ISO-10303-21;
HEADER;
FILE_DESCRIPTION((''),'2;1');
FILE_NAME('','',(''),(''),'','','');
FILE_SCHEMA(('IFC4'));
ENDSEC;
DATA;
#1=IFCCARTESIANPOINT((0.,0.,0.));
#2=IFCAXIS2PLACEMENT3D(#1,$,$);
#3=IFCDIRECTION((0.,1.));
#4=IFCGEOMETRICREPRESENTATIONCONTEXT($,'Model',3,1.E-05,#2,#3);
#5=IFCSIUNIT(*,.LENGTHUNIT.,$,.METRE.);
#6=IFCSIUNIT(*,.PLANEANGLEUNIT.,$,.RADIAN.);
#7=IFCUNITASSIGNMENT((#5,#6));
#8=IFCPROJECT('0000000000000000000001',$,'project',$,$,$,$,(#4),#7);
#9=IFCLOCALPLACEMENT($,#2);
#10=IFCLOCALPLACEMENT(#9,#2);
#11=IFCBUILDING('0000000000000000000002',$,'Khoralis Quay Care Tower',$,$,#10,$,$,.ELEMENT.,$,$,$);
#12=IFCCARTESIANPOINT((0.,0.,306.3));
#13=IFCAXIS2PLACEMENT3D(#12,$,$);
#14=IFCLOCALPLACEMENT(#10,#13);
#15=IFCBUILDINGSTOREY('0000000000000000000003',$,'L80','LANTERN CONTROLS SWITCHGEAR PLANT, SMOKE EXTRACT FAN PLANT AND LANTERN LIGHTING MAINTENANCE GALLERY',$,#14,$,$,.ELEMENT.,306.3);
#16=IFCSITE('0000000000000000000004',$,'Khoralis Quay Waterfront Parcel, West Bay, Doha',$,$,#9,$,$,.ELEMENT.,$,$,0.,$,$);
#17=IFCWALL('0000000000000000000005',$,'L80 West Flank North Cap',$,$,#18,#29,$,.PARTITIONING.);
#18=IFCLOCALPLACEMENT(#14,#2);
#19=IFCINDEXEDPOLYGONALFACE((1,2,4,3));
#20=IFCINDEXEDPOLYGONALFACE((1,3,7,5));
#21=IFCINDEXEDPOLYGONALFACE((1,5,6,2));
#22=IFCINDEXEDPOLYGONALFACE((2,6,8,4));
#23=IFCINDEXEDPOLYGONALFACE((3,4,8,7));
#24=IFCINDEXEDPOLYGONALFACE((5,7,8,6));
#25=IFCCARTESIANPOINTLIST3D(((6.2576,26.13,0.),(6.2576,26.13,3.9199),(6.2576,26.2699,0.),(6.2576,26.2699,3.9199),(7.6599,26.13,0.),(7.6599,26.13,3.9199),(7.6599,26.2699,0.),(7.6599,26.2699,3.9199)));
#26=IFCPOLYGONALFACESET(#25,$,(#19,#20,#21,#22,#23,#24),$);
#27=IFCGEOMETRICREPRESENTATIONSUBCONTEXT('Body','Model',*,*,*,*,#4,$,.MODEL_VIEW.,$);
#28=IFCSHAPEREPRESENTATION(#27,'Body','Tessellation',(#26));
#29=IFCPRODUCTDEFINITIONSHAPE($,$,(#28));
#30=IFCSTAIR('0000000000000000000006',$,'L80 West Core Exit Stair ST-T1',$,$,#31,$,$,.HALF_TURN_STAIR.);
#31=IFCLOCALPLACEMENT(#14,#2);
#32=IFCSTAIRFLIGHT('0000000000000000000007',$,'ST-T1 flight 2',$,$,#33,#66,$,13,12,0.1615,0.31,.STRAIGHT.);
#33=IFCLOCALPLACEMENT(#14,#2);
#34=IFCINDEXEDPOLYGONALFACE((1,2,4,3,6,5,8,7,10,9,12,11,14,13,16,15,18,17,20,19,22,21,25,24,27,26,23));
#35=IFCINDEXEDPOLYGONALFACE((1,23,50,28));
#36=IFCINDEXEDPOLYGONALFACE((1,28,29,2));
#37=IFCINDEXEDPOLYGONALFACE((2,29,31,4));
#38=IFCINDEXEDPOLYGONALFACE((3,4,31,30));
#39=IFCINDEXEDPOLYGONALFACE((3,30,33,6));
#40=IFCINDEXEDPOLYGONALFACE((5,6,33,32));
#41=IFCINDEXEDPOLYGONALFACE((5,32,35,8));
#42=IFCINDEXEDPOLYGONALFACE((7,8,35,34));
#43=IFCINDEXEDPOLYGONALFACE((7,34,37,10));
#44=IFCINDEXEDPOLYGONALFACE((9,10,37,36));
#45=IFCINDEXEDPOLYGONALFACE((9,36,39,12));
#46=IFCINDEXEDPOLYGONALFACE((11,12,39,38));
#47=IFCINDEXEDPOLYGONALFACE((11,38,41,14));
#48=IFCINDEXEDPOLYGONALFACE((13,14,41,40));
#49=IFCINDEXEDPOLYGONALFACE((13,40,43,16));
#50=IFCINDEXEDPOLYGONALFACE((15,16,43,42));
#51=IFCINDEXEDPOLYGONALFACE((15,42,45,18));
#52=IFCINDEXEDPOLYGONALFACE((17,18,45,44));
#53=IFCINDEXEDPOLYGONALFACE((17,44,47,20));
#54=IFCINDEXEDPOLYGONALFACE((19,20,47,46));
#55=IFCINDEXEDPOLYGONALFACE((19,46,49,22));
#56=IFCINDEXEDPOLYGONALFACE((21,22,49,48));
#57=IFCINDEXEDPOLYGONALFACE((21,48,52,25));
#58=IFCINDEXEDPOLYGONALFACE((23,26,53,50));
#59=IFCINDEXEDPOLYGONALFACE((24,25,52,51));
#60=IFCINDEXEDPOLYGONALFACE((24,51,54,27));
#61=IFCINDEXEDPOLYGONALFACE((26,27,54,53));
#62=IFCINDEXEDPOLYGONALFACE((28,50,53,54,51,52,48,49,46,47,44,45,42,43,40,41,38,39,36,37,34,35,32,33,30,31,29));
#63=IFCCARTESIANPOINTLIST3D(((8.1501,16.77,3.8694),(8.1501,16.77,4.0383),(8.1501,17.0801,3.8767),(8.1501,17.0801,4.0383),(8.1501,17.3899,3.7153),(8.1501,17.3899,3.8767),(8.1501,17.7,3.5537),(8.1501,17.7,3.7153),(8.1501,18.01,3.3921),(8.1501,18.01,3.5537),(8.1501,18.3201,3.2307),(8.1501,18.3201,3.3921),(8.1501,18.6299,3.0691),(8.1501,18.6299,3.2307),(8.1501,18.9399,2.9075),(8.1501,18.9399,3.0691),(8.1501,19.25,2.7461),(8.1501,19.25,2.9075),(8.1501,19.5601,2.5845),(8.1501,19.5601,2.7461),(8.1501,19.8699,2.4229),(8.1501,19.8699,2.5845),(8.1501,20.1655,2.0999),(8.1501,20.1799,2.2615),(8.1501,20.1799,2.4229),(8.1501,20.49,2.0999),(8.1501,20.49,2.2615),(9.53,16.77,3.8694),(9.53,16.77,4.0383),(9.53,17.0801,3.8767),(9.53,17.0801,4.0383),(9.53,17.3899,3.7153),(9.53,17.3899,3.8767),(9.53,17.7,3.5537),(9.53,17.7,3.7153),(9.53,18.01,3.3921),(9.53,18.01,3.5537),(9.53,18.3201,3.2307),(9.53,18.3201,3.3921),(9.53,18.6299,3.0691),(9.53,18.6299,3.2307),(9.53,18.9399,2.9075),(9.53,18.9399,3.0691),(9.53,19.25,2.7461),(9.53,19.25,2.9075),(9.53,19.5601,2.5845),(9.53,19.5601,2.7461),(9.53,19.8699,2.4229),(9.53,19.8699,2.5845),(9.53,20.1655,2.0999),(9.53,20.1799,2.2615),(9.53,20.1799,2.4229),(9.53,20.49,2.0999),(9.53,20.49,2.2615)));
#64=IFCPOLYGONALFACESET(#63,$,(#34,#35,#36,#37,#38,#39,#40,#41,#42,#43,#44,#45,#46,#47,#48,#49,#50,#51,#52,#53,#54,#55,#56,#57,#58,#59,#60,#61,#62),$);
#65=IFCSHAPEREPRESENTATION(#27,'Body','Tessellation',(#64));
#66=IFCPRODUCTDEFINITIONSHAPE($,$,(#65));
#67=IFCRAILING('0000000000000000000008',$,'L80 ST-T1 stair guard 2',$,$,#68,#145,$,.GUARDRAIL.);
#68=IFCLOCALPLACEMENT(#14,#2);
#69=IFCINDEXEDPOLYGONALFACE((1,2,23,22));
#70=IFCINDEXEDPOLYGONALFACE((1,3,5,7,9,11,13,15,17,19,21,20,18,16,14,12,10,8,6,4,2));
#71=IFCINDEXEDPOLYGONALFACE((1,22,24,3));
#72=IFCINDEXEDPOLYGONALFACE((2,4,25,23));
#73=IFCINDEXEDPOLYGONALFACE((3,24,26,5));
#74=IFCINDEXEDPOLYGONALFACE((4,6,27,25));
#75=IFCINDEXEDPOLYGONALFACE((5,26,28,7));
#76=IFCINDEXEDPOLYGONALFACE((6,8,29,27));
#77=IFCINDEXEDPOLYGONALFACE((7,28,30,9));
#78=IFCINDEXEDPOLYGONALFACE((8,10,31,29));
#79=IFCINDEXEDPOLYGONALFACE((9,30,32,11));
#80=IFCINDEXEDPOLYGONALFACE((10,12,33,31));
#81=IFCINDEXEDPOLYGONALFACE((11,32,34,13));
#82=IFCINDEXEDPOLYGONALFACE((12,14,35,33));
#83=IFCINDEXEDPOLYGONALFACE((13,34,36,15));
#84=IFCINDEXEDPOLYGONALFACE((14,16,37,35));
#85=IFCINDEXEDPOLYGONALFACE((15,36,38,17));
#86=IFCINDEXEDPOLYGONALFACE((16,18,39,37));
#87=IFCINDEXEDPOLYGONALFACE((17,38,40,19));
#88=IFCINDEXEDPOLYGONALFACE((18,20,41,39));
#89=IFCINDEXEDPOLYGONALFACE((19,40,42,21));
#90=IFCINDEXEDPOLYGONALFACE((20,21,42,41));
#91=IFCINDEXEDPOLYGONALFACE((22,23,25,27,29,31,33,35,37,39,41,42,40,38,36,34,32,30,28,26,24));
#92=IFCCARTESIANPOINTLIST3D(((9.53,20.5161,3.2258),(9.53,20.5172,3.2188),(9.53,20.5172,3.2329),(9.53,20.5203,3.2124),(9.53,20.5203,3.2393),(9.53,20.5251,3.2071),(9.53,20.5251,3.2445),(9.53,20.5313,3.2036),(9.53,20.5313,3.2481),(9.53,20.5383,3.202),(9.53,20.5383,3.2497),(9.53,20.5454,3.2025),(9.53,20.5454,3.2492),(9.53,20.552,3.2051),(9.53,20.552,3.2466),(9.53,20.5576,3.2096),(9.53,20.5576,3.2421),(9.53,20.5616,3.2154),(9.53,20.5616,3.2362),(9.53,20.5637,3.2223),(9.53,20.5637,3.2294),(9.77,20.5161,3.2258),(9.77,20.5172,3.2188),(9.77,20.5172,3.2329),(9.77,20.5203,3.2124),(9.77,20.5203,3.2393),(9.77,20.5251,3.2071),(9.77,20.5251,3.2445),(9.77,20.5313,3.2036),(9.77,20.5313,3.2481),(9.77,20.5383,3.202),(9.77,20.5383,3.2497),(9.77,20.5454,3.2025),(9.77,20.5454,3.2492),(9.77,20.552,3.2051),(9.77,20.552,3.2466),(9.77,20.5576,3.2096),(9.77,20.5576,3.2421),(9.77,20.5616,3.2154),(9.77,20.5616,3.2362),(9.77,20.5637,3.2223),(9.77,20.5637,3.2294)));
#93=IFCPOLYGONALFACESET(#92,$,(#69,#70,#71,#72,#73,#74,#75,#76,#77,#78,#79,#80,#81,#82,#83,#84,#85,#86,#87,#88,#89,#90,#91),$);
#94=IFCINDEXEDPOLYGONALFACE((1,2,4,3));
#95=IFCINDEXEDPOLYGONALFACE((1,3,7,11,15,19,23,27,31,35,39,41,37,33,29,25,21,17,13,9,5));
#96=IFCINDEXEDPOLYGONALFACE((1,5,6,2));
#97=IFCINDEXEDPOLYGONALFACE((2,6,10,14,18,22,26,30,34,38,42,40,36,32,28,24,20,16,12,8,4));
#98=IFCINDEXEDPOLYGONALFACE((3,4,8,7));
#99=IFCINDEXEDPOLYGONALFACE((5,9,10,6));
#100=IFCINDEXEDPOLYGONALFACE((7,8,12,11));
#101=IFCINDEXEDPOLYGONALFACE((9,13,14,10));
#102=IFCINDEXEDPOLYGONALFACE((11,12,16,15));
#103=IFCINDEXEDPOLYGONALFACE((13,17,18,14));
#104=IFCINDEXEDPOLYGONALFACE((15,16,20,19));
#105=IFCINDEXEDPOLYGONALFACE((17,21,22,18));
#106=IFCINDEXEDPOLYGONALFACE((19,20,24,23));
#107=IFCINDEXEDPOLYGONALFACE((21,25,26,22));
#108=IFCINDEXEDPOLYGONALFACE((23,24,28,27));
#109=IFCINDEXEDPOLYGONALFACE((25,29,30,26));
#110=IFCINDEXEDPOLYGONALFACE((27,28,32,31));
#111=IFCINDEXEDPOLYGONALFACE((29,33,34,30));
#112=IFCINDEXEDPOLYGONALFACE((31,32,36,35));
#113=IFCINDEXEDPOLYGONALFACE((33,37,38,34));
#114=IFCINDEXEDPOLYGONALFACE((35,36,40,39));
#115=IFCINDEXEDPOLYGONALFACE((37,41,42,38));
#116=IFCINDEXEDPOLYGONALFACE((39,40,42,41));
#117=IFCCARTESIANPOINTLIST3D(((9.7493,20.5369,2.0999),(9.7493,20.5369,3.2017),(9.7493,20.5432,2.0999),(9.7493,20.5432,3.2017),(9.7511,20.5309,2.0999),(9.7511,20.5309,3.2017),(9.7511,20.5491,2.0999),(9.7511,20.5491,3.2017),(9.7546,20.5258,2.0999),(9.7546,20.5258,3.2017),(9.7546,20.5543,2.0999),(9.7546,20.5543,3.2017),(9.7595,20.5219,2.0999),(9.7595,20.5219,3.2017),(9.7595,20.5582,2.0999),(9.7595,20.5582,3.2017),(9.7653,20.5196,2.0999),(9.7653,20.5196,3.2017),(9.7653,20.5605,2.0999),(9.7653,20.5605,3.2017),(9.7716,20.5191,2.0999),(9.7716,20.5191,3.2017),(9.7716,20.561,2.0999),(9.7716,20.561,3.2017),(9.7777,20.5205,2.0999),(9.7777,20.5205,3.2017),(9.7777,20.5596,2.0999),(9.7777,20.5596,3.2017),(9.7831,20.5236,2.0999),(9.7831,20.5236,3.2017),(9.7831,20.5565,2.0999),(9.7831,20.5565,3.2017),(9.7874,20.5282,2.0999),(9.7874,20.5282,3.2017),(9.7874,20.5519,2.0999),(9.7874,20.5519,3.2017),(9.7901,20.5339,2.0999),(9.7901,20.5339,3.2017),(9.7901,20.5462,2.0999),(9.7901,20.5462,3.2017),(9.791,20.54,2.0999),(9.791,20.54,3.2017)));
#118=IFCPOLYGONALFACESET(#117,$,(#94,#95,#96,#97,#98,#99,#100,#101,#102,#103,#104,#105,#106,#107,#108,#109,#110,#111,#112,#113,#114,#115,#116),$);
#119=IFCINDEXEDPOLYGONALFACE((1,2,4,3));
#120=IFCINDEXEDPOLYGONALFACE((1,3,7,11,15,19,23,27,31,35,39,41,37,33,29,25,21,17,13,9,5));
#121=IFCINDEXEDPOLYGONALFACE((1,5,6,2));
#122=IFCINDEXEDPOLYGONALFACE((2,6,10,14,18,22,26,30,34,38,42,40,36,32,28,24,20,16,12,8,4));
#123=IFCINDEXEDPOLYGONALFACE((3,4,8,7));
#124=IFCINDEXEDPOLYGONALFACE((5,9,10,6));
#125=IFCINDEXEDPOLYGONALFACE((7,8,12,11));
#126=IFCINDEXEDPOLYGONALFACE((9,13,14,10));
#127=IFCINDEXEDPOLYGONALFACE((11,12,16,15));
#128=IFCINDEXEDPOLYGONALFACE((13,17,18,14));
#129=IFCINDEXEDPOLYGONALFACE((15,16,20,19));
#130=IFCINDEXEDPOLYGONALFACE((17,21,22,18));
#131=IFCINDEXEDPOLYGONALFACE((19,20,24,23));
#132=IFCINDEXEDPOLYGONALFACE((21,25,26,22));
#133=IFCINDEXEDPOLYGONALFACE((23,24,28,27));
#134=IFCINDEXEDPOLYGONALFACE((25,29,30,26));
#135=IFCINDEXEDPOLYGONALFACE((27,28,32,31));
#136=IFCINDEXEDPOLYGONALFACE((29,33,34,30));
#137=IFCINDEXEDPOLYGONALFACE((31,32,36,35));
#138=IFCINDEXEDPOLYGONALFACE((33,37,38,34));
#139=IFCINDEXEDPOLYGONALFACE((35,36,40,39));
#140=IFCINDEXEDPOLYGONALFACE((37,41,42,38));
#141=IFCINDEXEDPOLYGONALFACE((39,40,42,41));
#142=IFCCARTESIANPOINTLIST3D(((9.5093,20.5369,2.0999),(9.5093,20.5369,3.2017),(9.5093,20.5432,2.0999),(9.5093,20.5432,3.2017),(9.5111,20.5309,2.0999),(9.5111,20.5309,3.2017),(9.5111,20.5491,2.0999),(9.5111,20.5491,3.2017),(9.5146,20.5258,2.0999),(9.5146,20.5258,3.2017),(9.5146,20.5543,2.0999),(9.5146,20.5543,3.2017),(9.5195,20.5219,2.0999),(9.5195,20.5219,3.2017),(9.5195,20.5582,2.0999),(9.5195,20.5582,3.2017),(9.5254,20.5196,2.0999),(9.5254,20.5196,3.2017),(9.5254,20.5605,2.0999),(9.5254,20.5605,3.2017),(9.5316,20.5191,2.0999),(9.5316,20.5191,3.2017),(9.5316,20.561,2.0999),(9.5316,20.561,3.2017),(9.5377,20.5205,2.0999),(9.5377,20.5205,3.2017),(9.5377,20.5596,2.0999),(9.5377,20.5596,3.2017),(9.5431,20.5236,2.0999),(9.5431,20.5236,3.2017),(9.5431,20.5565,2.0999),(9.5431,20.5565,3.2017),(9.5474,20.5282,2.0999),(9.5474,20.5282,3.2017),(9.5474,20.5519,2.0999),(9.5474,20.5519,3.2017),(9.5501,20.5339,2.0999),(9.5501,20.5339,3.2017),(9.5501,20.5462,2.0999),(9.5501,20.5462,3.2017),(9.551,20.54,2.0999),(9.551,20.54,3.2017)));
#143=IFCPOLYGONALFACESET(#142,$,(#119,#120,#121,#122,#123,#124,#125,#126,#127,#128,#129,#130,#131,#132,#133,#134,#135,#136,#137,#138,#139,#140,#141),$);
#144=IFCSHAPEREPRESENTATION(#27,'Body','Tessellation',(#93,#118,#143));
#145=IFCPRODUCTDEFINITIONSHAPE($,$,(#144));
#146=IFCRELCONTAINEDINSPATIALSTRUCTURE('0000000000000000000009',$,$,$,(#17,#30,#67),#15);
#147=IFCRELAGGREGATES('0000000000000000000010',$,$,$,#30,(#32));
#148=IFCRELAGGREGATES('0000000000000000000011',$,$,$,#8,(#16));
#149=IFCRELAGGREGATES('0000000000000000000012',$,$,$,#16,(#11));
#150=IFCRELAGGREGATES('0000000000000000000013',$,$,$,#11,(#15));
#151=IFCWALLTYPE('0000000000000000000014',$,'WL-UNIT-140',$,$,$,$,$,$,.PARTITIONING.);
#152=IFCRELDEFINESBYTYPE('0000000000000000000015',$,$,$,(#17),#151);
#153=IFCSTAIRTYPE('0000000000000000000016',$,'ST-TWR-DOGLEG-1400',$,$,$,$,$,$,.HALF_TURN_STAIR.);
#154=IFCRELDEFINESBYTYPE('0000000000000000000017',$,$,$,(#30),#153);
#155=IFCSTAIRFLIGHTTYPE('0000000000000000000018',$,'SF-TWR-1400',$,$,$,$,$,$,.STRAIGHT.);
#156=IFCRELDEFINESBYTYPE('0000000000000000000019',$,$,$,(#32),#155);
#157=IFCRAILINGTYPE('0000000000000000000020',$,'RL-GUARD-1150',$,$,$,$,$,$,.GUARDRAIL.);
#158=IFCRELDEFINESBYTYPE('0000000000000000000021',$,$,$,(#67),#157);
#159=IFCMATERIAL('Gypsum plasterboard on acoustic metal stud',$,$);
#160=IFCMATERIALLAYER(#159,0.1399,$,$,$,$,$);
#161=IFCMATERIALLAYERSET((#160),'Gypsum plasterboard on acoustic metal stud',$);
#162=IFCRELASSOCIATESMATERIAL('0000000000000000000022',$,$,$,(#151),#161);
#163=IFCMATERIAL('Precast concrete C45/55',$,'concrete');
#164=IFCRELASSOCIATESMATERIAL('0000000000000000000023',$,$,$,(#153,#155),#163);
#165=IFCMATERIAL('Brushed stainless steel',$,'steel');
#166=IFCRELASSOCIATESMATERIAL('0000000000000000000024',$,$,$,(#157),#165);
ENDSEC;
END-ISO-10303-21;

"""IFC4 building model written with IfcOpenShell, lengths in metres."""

from ifc_helpers import new_model, si_unit, direction, frame, frame_2d, origin, origin_2d, place, context, subcontext, project, spatial, polyline, rectangle, circle, outline, extrude, source, transform, mapped, material, layer, layer_set, type_object, element, aggregate, save


model = new_model("IFC4")

# Units and contexts
model_context = context("Model", 3, precision=1e-05, world=origin(), true_north=direction((0.0, 1.0)))
body_context = subcontext(model_context, "Body", "Model", "MODEL_VIEW")
ifc_project = project(units=[si_unit("LENGTHUNIT", "METRE"), si_unit("PLANEANGLEUNIT", "RADIAN")], contexts=[model_context])

# Site, building, storey
site_placement = place(None, origin())
site = spatial("IfcSite", under=ifc_project, at=site_placement, Name="Khoralis Quay Waterfront Parcel, West Bay, Doha", CompositionType="ELEMENT", RefElevation=0.0)
building_placement = place(site_placement, origin())
building = spatial("IfcBuilding", under=site, at=building_placement, Name="Khoralis Quay Care Tower", CompositionType="ELEMENT")
storey_placement = place(building_placement, frame((0.0, 0.0, 306.3)))
storey = spatial("IfcBuildingStorey", under=building, at=storey_placement, Name="L80", Description="LANTERN CONTROLS SWITCHGEAR PLANT, SMOKE EXTRACT FAN PLANT AND LANTERN LIGHTING MAINTENANCE GALLERY", CompositionType="ELEMENT", Elevation=306.3)

# Wall
ifc_material_1 = material(Name="Gypsum plasterboard on acoustic metal stud")
ifc_layer_1 = layer(ifc_material_1, 0.1399)
ifc_layer_set_1 = layer_set([ifc_layer_1], Name="Gypsum plasterboard on acoustic metal stud")
wall_type_1 = type_object("IfcWallType", Name="WL-UNIT-140", PredefinedType="PARTITIONING", material=ifc_layer_set_1)
wall_1_placement = place(storey_placement, frame((6.2576, 26.2, 0.0), z_axis=(0.0, 0.0, 1.0), x_axis=(1.0, 0.0, 0.0)))
element("IfcWall", 1, at=wall_1_placement, inside=storey, type_object=wall_type_1, Name="L80 West Flank North Cap", PredefinedType="PARTITIONING", context=body_context, shape_type="SweptSolid", body=[
    extrude(rectangle(XDim=1.4023, YDim=0.1399, at=frame_2d((0.7012, 0.0))), origin(), (0.0, 0.0, 1.0), 3.9199),
])

# Stair, stair flight
ifc_material_2 = material(Name="Precast concrete C45/55", Category="concrete")
stair_type = type_object("IfcStairType", Name="ST-TWR-DOGLEG-1400", PredefinedType="HALF_TURN_STAIR", material=ifc_material_2)
stair_placement = place(storey_placement, origin())
stair = element("IfcStair", 2, at=stair_placement, inside=storey, type_object=stair_type, Name="L80 West Core Exit Stair ST-T1", PredefinedType="HALF_TURN_STAIR")
stair_flight_type = type_object("IfcStairFlightType", Name="SF-TWR-1400", PredefinedType="STRAIGHT", material=ifc_material_2)
shared_shape_1 = source(origin(), body_context, "Body", "SweptSolid", [
    extrude(outline(polyline([(0.0, 0.0), (0.0, 0.1616), (0.3101, 0.1616), (0.3101, 0.323), (0.6201, 0.323), (0.6201, 0.4846), (0.9299, 0.4846), (0.9299, 0.6462), (1.24, 0.6462), (1.24, 0.8076), (1.55, 0.8076), (1.55, 0.9692), (1.8601, 0.9692), (1.8601, 1.1309), (2.1699, 1.1309), (2.1699, 1.2922), (2.48, 1.2922), (2.48, 1.4539), (2.79, 1.4539), (2.79, 1.6155), (3.1001, 1.6155), (3.1001, 1.7769), (3.4099, 1.7769), (3.4099, 1.9385), (3.72, 1.9385), (3.72, 2.1001), (3.72, 1.7695), (0.3245, 0.0), (0.0, 0.0)])), frame((0.0, 0.6899, 0.0), z_axis=(0.0, -1.0, 0.0), x_axis=(1.0, 0.0, 0.0)), (0.0, 0.0, 1.0), 1.3799),
])
stair_flight_placement = place(storey_placement, frame((8.8401, 20.49, 2.0999), z_axis=(0.0, 0.0, 1.0), x_axis=(0.0, -1.0, 0.0)))
stair_flight = element("IfcStairFlight", 3, at=stair_flight_placement, type_object=stair_flight_type, Name="ST-T1 flight 2", NumberOfRisers=13, NumberOfTreads=12, PredefinedType="STRAIGHT", RiserHeight=0.1615, TreadLength=0.31, context=body_context, shape_type="MappedRepresentation", body=[
    mapped(shared_shape_1, transform((0.0, 0.0, 0.0), scale=1.0)),
])
aggregate(stair, [stair_flight])

# Railing
ifc_material_3 = material(Name="Brushed stainless steel", Category="steel")
railing_type_1 = type_object("IfcRailingType", Name="RL-GUARD-1150", PredefinedType="GUARDRAIL", material=ifc_material_3)
railing_1_placement = place(storey_placement, frame((9.77, 20.54, 2.0999)))
element("IfcRailing", 4, at=railing_1_placement, inside=storey, type_object=railing_type_1, Name="L80 ST-T1 stair guard 2", PredefinedType="GUARDRAIL", context=body_context, shape_type="SweptSolid", body=[
    extrude(circle(Radius=0.0239, at=origin_2d()), frame((0.0, 0.0, 1.126), z_axis=(-1.0, 0.0, 0.0), x_axis=(0.0, -1.0, 0.0)), (0.0, 0.0, 1.0), 0.24),
    extrude(circle(Radius=0.021, at=origin_2d()), origin(), (0.0, 0.0, 1.0), 1.1018),
    extrude(circle(Radius=0.021, at=origin_2d()), frame((-0.24, 0.0, 0.0)), (0.0, 0.0, 1.0), 1.1018),
])

save(model, "model.ifc")
